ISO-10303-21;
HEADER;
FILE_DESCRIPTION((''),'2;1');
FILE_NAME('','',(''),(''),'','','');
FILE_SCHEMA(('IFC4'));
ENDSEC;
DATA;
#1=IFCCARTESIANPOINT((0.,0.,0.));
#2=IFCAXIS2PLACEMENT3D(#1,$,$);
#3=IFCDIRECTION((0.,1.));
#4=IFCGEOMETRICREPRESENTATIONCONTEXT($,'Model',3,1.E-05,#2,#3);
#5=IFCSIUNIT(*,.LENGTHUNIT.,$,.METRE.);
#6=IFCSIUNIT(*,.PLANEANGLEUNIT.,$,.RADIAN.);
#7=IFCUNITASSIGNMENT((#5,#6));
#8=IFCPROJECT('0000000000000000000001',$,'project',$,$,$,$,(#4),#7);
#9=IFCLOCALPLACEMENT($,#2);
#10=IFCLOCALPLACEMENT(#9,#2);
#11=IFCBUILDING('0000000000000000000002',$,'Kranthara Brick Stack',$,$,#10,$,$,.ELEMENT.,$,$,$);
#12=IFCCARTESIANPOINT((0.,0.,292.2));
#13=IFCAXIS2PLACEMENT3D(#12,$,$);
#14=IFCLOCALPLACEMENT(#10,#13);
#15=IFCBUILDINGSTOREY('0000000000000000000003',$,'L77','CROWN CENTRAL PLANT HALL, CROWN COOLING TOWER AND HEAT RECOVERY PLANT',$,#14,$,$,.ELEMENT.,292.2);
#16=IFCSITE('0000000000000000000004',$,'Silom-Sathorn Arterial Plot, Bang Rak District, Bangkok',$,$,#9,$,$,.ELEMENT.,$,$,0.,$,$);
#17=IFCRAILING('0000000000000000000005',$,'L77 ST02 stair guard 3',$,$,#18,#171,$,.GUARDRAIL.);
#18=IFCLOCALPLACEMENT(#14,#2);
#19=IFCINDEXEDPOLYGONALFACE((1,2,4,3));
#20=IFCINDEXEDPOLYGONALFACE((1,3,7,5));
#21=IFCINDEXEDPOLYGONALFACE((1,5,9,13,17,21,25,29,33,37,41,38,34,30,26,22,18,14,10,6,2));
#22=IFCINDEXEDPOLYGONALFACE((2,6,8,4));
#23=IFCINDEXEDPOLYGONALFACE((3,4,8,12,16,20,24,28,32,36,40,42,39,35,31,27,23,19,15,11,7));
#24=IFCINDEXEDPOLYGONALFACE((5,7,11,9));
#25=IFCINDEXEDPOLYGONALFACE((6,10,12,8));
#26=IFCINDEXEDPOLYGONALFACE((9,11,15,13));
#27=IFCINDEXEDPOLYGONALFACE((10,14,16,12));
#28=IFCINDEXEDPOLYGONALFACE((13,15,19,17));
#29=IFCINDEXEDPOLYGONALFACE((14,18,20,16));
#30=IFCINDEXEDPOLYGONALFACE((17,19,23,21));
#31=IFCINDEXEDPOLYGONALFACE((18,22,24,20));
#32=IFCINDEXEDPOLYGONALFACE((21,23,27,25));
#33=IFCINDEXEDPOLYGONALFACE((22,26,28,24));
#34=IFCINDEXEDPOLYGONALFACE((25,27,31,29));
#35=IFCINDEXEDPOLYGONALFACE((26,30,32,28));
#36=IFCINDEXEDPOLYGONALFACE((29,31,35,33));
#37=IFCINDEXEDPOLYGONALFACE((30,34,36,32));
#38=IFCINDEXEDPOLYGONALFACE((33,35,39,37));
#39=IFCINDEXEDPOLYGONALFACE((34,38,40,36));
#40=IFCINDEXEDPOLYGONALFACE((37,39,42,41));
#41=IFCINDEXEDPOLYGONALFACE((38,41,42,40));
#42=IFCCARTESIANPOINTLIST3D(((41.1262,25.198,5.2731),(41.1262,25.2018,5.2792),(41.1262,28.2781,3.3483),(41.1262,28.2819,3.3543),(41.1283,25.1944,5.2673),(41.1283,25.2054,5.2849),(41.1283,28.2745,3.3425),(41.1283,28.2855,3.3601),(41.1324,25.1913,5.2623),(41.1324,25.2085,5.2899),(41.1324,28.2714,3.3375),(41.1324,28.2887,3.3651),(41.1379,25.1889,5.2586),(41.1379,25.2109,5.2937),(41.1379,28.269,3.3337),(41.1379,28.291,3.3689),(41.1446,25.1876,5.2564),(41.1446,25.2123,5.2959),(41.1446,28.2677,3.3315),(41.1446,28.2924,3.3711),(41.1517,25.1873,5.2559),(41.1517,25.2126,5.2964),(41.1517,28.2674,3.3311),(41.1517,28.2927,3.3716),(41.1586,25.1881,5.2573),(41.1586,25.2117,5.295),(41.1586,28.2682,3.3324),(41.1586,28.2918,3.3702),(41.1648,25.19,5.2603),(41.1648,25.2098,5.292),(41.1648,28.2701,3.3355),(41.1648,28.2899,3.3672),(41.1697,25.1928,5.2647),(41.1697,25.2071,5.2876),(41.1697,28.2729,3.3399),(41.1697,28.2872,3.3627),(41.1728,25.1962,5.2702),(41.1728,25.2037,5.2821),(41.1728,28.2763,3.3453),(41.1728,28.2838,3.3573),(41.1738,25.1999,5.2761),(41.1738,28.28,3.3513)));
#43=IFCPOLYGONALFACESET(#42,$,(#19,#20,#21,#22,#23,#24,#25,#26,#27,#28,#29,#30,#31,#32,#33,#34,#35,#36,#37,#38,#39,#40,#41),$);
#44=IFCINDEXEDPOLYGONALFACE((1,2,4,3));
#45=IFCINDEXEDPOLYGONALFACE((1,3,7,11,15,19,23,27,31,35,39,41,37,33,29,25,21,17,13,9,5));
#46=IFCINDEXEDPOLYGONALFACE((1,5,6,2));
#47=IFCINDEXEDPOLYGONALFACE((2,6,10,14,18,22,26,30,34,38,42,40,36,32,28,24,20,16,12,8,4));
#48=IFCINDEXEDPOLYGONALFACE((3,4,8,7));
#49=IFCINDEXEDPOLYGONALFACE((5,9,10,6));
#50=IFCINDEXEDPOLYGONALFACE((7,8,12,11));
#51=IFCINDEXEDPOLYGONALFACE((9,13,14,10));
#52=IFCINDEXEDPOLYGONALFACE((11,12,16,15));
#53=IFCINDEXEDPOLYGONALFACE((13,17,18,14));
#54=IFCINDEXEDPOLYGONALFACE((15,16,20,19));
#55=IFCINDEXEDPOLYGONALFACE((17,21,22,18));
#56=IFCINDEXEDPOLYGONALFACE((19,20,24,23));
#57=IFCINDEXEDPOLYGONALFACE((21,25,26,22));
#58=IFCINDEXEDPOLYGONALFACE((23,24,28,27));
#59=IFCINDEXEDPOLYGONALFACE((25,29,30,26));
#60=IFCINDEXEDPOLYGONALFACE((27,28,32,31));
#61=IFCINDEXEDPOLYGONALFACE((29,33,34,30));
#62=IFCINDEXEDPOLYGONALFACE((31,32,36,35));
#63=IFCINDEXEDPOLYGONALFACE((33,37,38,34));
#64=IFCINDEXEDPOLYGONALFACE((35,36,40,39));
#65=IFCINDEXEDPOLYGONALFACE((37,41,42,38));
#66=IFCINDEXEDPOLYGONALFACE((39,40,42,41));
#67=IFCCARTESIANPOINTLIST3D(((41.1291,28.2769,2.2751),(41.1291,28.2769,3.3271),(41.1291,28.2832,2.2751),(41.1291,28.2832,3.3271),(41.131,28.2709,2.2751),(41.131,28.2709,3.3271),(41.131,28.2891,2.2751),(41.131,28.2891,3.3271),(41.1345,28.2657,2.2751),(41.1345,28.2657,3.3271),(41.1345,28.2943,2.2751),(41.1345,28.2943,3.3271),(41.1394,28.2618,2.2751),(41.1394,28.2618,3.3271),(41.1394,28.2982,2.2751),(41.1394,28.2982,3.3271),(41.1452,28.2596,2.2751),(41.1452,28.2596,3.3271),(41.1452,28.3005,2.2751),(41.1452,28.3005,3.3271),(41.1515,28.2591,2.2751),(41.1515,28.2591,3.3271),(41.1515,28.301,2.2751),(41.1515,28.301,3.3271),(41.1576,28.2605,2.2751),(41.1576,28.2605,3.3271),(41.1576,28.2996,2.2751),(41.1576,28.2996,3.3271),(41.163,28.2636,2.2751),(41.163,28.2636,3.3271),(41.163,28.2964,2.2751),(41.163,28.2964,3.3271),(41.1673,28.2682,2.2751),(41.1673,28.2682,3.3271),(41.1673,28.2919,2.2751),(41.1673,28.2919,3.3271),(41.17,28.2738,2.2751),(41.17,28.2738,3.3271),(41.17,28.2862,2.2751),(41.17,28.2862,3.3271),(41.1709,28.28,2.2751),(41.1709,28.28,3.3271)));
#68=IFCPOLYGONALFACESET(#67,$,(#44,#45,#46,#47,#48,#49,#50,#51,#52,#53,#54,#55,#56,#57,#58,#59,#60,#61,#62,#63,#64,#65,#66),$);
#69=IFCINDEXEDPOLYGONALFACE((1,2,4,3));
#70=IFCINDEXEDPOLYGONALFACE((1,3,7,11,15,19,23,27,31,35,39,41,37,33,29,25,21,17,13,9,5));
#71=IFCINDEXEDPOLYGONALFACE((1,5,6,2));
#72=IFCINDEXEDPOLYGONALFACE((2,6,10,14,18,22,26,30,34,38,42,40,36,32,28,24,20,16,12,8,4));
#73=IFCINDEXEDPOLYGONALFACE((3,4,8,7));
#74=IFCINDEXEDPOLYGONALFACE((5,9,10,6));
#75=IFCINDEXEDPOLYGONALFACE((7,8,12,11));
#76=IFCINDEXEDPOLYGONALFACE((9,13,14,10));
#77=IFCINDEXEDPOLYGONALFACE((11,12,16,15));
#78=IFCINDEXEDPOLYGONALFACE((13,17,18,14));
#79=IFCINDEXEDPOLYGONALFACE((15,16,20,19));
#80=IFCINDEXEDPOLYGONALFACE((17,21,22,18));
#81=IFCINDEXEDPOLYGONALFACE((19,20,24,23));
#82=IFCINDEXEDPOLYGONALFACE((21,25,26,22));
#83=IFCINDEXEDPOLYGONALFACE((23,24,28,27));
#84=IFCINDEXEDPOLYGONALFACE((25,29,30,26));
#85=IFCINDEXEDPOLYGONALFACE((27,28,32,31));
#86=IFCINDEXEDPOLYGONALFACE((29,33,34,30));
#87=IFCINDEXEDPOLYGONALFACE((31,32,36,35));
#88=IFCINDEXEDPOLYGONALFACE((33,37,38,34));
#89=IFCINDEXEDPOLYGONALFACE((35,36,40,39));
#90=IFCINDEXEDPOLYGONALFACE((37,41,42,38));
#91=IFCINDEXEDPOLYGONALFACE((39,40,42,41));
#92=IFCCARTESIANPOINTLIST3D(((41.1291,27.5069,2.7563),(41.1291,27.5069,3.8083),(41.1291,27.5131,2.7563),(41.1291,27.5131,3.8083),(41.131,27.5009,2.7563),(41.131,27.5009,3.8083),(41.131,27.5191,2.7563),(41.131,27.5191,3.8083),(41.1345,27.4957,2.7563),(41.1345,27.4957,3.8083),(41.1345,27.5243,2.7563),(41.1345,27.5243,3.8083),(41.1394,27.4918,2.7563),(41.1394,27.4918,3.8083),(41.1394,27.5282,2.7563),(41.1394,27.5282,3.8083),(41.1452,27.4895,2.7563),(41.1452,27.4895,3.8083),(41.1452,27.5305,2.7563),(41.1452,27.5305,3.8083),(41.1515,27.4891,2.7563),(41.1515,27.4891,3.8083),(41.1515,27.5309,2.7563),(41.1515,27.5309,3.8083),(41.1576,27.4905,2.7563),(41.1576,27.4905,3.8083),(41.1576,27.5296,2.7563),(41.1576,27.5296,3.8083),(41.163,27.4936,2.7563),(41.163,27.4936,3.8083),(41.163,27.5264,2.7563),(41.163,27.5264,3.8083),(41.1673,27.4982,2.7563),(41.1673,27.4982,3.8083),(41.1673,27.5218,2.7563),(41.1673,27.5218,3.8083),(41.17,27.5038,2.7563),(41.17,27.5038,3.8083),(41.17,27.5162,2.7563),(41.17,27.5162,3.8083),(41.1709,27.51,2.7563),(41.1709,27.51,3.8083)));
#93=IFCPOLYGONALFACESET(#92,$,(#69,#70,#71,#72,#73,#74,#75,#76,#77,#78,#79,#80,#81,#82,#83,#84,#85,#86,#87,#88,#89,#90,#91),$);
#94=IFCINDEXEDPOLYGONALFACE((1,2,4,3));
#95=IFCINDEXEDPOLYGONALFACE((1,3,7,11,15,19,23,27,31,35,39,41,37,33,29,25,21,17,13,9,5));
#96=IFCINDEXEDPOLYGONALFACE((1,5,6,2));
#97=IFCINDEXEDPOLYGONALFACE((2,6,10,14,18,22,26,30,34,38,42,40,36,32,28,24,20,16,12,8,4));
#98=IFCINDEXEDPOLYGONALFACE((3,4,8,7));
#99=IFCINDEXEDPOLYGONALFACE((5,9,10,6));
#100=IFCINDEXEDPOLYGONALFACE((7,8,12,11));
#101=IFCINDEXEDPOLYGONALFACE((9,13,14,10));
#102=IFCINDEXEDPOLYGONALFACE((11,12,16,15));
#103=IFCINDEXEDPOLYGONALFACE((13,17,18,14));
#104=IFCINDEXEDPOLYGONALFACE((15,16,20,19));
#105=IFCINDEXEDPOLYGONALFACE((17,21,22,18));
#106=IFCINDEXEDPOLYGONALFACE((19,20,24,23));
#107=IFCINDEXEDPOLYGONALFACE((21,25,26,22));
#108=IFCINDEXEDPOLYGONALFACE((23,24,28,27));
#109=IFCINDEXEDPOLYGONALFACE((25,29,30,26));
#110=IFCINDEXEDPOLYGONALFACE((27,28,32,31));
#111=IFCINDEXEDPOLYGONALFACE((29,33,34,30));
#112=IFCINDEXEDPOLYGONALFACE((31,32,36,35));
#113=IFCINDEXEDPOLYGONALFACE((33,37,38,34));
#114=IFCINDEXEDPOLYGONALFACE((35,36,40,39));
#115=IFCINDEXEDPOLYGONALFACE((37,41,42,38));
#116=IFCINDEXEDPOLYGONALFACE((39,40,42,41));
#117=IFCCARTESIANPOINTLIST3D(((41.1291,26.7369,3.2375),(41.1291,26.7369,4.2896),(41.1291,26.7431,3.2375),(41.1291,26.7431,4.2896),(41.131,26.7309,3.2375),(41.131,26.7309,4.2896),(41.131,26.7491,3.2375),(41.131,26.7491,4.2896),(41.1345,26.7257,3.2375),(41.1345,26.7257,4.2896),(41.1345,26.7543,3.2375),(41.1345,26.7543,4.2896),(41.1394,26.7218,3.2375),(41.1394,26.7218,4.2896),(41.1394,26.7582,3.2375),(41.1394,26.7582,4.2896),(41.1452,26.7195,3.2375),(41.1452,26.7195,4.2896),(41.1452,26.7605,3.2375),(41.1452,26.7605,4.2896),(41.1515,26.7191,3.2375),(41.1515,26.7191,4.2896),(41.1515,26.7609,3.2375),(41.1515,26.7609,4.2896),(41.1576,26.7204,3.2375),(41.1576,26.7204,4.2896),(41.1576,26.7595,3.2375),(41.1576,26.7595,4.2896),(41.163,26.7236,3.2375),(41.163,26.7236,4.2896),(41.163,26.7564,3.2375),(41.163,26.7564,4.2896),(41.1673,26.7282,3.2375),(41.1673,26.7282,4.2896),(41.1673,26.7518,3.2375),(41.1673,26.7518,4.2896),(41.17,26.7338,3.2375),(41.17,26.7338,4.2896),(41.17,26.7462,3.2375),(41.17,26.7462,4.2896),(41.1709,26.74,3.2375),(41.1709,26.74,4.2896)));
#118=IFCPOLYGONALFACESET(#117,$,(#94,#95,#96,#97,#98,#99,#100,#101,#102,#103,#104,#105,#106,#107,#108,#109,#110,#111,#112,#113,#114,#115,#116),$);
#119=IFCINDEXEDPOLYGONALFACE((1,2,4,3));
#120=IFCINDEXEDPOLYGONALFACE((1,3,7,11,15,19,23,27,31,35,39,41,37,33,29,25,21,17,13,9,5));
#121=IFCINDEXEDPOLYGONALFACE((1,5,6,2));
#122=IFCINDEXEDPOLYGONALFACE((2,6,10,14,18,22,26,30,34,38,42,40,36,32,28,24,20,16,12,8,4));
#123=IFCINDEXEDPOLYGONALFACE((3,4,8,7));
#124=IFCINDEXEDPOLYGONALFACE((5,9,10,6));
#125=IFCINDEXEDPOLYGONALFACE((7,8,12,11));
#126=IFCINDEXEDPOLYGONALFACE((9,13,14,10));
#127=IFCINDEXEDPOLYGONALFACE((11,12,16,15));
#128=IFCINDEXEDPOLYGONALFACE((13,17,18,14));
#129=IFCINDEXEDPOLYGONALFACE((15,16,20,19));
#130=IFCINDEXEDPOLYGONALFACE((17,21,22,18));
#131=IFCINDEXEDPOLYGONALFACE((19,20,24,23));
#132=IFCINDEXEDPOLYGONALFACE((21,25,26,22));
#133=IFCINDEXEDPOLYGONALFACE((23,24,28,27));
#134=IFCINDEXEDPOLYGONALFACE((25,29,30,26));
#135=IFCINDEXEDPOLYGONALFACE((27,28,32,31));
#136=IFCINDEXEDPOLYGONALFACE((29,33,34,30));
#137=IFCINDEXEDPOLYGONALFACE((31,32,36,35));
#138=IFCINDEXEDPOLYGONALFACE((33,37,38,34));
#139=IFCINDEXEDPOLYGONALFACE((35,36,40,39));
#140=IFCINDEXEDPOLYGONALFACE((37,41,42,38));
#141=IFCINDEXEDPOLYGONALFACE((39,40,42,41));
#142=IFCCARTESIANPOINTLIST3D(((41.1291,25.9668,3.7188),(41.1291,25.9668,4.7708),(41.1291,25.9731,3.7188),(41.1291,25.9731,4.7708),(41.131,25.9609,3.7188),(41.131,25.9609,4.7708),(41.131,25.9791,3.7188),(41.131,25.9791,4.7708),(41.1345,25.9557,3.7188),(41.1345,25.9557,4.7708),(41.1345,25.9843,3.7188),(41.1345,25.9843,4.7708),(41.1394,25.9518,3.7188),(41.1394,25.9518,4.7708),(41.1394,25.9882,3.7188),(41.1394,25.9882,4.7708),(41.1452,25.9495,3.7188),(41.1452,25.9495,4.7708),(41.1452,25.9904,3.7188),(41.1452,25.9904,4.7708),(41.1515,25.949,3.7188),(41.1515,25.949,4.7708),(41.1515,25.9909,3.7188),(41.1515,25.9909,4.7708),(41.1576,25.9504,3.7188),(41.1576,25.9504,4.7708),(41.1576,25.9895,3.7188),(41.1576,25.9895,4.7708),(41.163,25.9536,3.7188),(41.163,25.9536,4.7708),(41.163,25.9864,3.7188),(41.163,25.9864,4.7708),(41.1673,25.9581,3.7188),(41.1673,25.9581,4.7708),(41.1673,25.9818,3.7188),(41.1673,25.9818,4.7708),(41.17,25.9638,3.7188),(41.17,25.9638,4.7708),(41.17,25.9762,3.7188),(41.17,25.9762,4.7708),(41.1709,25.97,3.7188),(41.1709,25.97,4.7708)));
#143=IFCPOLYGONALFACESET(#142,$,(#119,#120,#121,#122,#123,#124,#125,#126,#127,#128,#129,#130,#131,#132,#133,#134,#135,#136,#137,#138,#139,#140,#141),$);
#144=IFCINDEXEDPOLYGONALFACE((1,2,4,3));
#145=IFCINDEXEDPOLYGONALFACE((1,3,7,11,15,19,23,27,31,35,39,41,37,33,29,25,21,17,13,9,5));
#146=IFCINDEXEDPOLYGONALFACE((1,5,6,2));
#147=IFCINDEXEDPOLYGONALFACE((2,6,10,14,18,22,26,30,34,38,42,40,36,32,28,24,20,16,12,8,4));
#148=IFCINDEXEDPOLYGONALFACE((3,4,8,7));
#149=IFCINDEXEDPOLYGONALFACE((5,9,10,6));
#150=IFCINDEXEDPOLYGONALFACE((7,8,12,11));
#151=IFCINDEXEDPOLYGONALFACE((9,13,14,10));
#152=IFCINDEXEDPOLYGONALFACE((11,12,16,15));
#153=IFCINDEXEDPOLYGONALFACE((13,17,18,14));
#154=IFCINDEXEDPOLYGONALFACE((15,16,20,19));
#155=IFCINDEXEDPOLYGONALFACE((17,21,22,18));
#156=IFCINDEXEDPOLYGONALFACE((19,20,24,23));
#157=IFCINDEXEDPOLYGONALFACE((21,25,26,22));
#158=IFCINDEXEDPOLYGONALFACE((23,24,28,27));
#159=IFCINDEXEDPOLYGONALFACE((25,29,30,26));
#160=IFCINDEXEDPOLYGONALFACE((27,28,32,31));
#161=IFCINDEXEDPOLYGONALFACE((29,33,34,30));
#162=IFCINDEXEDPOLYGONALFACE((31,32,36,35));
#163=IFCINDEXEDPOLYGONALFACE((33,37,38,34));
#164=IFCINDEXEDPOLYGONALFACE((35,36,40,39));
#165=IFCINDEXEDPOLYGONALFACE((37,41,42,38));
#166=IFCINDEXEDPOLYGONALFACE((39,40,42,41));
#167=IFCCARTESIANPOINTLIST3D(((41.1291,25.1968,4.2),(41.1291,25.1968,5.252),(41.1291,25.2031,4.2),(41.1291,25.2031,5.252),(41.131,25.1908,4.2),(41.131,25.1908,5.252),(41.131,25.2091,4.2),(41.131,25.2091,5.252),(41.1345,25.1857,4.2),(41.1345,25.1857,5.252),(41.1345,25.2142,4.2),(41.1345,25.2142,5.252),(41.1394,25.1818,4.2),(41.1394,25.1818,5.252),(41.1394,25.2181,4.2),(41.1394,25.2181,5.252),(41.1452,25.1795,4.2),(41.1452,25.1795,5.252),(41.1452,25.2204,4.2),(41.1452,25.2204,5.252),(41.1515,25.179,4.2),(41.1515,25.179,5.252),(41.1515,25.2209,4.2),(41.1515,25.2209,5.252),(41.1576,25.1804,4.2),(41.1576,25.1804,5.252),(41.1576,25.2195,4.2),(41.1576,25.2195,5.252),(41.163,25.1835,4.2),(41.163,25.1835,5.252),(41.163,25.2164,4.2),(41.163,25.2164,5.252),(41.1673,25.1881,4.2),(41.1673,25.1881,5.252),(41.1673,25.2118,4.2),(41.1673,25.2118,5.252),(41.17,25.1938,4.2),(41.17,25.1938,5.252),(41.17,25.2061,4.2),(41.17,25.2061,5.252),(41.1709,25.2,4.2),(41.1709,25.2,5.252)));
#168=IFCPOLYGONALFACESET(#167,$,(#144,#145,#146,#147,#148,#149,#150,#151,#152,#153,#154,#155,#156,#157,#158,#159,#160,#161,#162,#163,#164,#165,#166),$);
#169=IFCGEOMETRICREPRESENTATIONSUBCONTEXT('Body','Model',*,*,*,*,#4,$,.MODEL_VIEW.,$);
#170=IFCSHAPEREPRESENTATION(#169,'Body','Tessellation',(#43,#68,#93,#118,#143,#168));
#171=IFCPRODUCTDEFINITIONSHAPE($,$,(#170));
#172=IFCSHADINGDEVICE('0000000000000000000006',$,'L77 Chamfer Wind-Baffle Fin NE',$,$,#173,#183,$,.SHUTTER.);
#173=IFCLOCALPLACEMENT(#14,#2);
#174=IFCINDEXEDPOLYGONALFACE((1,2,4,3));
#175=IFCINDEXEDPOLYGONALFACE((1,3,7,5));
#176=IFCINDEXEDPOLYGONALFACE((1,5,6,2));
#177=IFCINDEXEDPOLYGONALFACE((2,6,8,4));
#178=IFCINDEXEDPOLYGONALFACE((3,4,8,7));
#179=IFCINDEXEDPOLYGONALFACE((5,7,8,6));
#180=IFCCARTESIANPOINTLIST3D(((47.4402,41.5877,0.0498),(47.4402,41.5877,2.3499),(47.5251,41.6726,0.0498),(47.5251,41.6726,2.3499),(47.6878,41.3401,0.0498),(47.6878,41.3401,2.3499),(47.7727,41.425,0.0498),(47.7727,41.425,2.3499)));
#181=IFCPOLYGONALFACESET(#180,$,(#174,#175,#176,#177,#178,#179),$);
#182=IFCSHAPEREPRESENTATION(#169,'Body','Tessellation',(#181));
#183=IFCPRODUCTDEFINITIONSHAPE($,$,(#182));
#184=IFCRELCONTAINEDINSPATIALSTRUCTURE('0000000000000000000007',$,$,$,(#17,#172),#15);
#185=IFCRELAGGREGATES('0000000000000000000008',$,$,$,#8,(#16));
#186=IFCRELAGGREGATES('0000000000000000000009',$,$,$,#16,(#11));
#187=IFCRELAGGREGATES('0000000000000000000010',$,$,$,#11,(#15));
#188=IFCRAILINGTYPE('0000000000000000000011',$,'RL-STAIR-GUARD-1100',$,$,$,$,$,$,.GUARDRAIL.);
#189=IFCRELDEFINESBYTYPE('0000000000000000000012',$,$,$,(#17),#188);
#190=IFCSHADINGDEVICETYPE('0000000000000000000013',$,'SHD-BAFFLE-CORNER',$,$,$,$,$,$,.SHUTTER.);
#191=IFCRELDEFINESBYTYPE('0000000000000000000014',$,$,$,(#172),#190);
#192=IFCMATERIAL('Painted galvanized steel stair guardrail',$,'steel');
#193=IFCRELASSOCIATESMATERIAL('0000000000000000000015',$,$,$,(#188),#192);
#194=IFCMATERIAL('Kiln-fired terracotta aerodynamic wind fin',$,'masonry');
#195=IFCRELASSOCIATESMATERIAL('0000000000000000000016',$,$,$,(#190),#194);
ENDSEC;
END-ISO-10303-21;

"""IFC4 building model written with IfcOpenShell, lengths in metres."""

from ifc_helpers import new_model, si_unit, direction, frame, origin, origin_2d, place, context, subcontext, project, spatial, rectangle, circle, extrude, material, type_object, element, save


model = new_model("IFC4")

# Units and contexts
model_context = context("Model", 3, precision=1e-05, world=origin(), true_north=direction((0.0, 1.0)))
body_context = subcontext(model_context, "Body", "Model", "MODEL_VIEW")
ifc_project = project(units=[si_unit("LENGTHUNIT", "METRE"), si_unit("PLANEANGLEUNIT", "RADIAN")], contexts=[model_context])

# Site, building, storey
site_placement = place(None, origin())
site = spatial("IfcSite", under=ifc_project, at=site_placement, Name="Silom-Sathorn Arterial Plot, Bang Rak District, Bangkok", CompositionType="ELEMENT", RefElevation=0.0)
building_placement = place(site_placement, origin())
building = spatial("IfcBuilding", under=site, at=building_placement, Name="Kranthara Brick Stack", CompositionType="ELEMENT")
storey_placement = place(building_placement, frame((0.0, 0.0, 292.2)))
storey = spatial("IfcBuildingStorey", under=building, at=storey_placement, Name="L77", Description="CROWN CENTRAL PLANT HALL, CROWN COOLING TOWER AND HEAT RECOVERY PLANT", CompositionType="ELEMENT", Elevation=292.2)

# Railing
ifc_material_1 = material(Name="Painted galvanized steel stair guardrail", Category="steel")
railing_type = type_object("IfcRailingType", Name="RL-STAIR-GUARD-1100", PredefinedType="GUARDRAIL", material=ifc_material_1)
railing_1_placement = place(storey_placement, frame((41.1499, 28.28, 2.2751)))
element("IfcRailing", 1, at=railing_1_placement, inside=storey, type_object=railing_type, Name="L77 ST02 stair guard 3", PredefinedType="GUARDRAIL", context=body_context, shape_type="SweptSolid", body=[
    extrude(circle(Radius=0.0239, at=origin_2d()), frame((0.0, 0.0, 1.0762), z_axis=(0.0, -0.848029, 0.529951), x_axis=(1.0, 0.0, 0.0)), (0.0, 0.0, 1.0), 3.6321),
    extrude(circle(Radius=0.021, at=origin_2d()), origin(), (0.0, 0.0, 1.0), 1.052),
    extrude(circle(Radius=0.021, at=origin_2d()), frame((0.0, -0.77, 0.4812)), (0.0, 0.0, 1.0), 1.052),
    extrude(circle(Radius=0.021, at=origin_2d()), frame((0.0, -1.54, 0.9624)), (0.0, 0.0, 1.0), 1.052),
    extrude(circle(Radius=0.021, at=origin_2d()), frame((0.0, -2.3101, 1.4436)), (0.0, 0.0, 1.0), 1.052),
    extrude(circle(Radius=0.021, at=origin_2d()), frame((0.0, -3.0801, 1.9248)), (0.0, 0.0, 1.0), 1.052),
])

# Shading device
ifc_material_2 = material(Name="Kiln-fired terracotta aerodynamic wind fin", Category="masonry")
shading_device_type = type_object("IfcShadingDeviceType", Name="SHD-BAFFLE-CORNER", PredefinedType="SHUTTER", material=ifc_material_2)
shading_device_placement = place(storey_placement, frame((47.6064, 41.5063, 0.0498), z_axis=(0.0, 0.0, 1.0), x_axis=(0.707107, -0.707107, 0.0)))
element("IfcShadingDevice", 2, at=shading_device_placement, inside=storey, type_object=shading_device_type, Name="L77 Chamfer Wind-Baffle Fin NE", PredefinedType="SHUTTER", context=body_context, shape_type="SweptSolid", body=[
    extrude(rectangle(XDim=0.3501, YDim=0.1201, at=origin_2d()), origin(), (0.0, 0.0, 1.0), 2.3),
])

save(model, "model.ifc")
